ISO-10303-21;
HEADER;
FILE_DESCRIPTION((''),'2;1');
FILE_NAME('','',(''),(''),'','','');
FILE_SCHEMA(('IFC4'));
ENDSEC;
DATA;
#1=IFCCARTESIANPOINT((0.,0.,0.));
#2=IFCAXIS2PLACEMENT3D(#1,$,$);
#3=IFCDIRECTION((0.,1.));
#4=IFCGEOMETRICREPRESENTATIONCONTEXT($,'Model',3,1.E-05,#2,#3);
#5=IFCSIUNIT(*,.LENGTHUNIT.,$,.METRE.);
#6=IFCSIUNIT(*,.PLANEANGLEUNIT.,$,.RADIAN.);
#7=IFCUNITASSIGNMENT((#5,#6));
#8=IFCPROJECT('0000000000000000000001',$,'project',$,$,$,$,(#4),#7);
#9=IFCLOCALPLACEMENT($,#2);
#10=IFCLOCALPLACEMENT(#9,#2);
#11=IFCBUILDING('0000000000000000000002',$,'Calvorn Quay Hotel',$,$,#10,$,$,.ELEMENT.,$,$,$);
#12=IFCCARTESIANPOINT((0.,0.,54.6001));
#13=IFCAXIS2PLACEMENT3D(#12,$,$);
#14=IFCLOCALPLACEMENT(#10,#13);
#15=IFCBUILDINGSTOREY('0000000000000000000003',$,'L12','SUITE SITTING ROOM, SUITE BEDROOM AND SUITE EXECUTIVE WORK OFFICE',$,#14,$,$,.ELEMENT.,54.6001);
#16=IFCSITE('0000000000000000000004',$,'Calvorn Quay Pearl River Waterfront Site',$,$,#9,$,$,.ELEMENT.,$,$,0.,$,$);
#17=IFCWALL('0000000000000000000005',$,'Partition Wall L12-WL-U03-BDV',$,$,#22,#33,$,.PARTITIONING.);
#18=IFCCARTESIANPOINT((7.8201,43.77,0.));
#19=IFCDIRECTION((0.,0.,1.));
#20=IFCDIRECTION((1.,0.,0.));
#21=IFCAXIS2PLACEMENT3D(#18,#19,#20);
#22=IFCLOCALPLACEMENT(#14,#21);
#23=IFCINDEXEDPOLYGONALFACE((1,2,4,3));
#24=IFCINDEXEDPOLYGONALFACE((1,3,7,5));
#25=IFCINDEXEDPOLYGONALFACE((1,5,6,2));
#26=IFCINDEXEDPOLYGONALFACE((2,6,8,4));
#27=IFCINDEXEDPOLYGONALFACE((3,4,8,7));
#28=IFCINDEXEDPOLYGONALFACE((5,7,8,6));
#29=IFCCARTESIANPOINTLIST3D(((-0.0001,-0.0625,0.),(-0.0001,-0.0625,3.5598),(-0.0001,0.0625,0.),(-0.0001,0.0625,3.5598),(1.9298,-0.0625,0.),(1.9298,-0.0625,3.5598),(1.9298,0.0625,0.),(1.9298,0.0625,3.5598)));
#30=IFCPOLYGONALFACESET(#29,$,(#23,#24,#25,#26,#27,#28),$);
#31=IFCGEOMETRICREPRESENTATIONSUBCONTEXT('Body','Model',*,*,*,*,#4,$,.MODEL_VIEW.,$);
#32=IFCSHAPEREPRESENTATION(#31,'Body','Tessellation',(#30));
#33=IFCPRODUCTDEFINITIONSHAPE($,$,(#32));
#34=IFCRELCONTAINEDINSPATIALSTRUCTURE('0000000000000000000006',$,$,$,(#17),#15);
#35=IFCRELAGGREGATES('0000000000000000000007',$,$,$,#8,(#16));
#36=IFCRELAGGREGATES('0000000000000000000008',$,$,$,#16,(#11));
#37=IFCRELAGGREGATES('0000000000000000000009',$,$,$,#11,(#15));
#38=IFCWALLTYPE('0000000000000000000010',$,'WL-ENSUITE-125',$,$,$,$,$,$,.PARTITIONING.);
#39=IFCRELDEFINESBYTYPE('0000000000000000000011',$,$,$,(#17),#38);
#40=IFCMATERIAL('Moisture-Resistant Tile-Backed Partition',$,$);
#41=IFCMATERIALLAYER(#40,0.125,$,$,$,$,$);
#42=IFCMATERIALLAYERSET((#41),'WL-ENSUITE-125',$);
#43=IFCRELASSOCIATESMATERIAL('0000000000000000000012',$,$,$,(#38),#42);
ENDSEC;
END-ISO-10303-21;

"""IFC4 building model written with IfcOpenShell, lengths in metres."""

from ifc_helpers import new_model, si_unit, direction, frame, frame_2d, origin, place, context, subcontext, project, spatial, rectangle, extrude, material, layer, layer_set, type_object, element, save


model = new_model("IFC4")

# Units and contexts
model_context = context("Model", 3, precision=1e-05, world=origin(), true_north=direction((0.0, 1.0)))
body_context = subcontext(model_context, "Body", "Model", "MODEL_VIEW")
ifc_project = project(units=[si_unit("LENGTHUNIT", "METRE"), si_unit("PLANEANGLEUNIT", "RADIAN")], contexts=[model_context])

# Site, building, storey
site_placement = place(None, origin())
site = spatial("IfcSite", under=ifc_project, at=site_placement, Name="Calvorn Quay Pearl River Waterfront Site", CompositionType="ELEMENT", RefElevation=0.0)
building_placement = place(site_placement, origin())
building = spatial("IfcBuilding", under=site, at=building_placement, Name="Calvorn Quay Hotel", CompositionType="ELEMENT")
storey_placement = place(building_placement, frame((0.0, 0.0, 54.6001)))
storey = spatial("IfcBuildingStorey", under=building, at=storey_placement, Name="L12", Description="SUITE SITTING ROOM, SUITE BEDROOM AND SUITE EXECUTIVE WORK OFFICE", CompositionType="ELEMENT", Elevation=54.6001)

# Wall
ifc_material_1 = material(Name="Moisture-Resistant Tile-Backed Partition")
ifc_layer_1 = layer(ifc_material_1, 0.125)
ifc_layer_set_1 = layer_set([ifc_layer_1], Name="WL-ENSUITE-125")
wall_type_1 = type_object("IfcWallType", Name="WL-ENSUITE-125", PredefinedType="PARTITIONING", material=ifc_layer_set_1)
wall_1_placement = place(storey_placement, frame((7.8201, 43.77, 0.0), z_axis=(0.0, 0.0, 1.0), x_axis=(1.0, 0.0, 0.0)))
element("IfcWall", 1, at=wall_1_placement, inside=storey, type_object=wall_type_1, Name="Partition Wall L12-WL-U03-BDV", PredefinedType="PARTITIONING", context=body_context, shape_type="SweptSolid", body=[
    extrude(rectangle(XDim=1.9299, YDim=0.125, at=frame_2d((0.9648, 0.0))), origin(), (0.0, 0.0, 1.0), 3.5598),
])

save(model, "model.ifc")
